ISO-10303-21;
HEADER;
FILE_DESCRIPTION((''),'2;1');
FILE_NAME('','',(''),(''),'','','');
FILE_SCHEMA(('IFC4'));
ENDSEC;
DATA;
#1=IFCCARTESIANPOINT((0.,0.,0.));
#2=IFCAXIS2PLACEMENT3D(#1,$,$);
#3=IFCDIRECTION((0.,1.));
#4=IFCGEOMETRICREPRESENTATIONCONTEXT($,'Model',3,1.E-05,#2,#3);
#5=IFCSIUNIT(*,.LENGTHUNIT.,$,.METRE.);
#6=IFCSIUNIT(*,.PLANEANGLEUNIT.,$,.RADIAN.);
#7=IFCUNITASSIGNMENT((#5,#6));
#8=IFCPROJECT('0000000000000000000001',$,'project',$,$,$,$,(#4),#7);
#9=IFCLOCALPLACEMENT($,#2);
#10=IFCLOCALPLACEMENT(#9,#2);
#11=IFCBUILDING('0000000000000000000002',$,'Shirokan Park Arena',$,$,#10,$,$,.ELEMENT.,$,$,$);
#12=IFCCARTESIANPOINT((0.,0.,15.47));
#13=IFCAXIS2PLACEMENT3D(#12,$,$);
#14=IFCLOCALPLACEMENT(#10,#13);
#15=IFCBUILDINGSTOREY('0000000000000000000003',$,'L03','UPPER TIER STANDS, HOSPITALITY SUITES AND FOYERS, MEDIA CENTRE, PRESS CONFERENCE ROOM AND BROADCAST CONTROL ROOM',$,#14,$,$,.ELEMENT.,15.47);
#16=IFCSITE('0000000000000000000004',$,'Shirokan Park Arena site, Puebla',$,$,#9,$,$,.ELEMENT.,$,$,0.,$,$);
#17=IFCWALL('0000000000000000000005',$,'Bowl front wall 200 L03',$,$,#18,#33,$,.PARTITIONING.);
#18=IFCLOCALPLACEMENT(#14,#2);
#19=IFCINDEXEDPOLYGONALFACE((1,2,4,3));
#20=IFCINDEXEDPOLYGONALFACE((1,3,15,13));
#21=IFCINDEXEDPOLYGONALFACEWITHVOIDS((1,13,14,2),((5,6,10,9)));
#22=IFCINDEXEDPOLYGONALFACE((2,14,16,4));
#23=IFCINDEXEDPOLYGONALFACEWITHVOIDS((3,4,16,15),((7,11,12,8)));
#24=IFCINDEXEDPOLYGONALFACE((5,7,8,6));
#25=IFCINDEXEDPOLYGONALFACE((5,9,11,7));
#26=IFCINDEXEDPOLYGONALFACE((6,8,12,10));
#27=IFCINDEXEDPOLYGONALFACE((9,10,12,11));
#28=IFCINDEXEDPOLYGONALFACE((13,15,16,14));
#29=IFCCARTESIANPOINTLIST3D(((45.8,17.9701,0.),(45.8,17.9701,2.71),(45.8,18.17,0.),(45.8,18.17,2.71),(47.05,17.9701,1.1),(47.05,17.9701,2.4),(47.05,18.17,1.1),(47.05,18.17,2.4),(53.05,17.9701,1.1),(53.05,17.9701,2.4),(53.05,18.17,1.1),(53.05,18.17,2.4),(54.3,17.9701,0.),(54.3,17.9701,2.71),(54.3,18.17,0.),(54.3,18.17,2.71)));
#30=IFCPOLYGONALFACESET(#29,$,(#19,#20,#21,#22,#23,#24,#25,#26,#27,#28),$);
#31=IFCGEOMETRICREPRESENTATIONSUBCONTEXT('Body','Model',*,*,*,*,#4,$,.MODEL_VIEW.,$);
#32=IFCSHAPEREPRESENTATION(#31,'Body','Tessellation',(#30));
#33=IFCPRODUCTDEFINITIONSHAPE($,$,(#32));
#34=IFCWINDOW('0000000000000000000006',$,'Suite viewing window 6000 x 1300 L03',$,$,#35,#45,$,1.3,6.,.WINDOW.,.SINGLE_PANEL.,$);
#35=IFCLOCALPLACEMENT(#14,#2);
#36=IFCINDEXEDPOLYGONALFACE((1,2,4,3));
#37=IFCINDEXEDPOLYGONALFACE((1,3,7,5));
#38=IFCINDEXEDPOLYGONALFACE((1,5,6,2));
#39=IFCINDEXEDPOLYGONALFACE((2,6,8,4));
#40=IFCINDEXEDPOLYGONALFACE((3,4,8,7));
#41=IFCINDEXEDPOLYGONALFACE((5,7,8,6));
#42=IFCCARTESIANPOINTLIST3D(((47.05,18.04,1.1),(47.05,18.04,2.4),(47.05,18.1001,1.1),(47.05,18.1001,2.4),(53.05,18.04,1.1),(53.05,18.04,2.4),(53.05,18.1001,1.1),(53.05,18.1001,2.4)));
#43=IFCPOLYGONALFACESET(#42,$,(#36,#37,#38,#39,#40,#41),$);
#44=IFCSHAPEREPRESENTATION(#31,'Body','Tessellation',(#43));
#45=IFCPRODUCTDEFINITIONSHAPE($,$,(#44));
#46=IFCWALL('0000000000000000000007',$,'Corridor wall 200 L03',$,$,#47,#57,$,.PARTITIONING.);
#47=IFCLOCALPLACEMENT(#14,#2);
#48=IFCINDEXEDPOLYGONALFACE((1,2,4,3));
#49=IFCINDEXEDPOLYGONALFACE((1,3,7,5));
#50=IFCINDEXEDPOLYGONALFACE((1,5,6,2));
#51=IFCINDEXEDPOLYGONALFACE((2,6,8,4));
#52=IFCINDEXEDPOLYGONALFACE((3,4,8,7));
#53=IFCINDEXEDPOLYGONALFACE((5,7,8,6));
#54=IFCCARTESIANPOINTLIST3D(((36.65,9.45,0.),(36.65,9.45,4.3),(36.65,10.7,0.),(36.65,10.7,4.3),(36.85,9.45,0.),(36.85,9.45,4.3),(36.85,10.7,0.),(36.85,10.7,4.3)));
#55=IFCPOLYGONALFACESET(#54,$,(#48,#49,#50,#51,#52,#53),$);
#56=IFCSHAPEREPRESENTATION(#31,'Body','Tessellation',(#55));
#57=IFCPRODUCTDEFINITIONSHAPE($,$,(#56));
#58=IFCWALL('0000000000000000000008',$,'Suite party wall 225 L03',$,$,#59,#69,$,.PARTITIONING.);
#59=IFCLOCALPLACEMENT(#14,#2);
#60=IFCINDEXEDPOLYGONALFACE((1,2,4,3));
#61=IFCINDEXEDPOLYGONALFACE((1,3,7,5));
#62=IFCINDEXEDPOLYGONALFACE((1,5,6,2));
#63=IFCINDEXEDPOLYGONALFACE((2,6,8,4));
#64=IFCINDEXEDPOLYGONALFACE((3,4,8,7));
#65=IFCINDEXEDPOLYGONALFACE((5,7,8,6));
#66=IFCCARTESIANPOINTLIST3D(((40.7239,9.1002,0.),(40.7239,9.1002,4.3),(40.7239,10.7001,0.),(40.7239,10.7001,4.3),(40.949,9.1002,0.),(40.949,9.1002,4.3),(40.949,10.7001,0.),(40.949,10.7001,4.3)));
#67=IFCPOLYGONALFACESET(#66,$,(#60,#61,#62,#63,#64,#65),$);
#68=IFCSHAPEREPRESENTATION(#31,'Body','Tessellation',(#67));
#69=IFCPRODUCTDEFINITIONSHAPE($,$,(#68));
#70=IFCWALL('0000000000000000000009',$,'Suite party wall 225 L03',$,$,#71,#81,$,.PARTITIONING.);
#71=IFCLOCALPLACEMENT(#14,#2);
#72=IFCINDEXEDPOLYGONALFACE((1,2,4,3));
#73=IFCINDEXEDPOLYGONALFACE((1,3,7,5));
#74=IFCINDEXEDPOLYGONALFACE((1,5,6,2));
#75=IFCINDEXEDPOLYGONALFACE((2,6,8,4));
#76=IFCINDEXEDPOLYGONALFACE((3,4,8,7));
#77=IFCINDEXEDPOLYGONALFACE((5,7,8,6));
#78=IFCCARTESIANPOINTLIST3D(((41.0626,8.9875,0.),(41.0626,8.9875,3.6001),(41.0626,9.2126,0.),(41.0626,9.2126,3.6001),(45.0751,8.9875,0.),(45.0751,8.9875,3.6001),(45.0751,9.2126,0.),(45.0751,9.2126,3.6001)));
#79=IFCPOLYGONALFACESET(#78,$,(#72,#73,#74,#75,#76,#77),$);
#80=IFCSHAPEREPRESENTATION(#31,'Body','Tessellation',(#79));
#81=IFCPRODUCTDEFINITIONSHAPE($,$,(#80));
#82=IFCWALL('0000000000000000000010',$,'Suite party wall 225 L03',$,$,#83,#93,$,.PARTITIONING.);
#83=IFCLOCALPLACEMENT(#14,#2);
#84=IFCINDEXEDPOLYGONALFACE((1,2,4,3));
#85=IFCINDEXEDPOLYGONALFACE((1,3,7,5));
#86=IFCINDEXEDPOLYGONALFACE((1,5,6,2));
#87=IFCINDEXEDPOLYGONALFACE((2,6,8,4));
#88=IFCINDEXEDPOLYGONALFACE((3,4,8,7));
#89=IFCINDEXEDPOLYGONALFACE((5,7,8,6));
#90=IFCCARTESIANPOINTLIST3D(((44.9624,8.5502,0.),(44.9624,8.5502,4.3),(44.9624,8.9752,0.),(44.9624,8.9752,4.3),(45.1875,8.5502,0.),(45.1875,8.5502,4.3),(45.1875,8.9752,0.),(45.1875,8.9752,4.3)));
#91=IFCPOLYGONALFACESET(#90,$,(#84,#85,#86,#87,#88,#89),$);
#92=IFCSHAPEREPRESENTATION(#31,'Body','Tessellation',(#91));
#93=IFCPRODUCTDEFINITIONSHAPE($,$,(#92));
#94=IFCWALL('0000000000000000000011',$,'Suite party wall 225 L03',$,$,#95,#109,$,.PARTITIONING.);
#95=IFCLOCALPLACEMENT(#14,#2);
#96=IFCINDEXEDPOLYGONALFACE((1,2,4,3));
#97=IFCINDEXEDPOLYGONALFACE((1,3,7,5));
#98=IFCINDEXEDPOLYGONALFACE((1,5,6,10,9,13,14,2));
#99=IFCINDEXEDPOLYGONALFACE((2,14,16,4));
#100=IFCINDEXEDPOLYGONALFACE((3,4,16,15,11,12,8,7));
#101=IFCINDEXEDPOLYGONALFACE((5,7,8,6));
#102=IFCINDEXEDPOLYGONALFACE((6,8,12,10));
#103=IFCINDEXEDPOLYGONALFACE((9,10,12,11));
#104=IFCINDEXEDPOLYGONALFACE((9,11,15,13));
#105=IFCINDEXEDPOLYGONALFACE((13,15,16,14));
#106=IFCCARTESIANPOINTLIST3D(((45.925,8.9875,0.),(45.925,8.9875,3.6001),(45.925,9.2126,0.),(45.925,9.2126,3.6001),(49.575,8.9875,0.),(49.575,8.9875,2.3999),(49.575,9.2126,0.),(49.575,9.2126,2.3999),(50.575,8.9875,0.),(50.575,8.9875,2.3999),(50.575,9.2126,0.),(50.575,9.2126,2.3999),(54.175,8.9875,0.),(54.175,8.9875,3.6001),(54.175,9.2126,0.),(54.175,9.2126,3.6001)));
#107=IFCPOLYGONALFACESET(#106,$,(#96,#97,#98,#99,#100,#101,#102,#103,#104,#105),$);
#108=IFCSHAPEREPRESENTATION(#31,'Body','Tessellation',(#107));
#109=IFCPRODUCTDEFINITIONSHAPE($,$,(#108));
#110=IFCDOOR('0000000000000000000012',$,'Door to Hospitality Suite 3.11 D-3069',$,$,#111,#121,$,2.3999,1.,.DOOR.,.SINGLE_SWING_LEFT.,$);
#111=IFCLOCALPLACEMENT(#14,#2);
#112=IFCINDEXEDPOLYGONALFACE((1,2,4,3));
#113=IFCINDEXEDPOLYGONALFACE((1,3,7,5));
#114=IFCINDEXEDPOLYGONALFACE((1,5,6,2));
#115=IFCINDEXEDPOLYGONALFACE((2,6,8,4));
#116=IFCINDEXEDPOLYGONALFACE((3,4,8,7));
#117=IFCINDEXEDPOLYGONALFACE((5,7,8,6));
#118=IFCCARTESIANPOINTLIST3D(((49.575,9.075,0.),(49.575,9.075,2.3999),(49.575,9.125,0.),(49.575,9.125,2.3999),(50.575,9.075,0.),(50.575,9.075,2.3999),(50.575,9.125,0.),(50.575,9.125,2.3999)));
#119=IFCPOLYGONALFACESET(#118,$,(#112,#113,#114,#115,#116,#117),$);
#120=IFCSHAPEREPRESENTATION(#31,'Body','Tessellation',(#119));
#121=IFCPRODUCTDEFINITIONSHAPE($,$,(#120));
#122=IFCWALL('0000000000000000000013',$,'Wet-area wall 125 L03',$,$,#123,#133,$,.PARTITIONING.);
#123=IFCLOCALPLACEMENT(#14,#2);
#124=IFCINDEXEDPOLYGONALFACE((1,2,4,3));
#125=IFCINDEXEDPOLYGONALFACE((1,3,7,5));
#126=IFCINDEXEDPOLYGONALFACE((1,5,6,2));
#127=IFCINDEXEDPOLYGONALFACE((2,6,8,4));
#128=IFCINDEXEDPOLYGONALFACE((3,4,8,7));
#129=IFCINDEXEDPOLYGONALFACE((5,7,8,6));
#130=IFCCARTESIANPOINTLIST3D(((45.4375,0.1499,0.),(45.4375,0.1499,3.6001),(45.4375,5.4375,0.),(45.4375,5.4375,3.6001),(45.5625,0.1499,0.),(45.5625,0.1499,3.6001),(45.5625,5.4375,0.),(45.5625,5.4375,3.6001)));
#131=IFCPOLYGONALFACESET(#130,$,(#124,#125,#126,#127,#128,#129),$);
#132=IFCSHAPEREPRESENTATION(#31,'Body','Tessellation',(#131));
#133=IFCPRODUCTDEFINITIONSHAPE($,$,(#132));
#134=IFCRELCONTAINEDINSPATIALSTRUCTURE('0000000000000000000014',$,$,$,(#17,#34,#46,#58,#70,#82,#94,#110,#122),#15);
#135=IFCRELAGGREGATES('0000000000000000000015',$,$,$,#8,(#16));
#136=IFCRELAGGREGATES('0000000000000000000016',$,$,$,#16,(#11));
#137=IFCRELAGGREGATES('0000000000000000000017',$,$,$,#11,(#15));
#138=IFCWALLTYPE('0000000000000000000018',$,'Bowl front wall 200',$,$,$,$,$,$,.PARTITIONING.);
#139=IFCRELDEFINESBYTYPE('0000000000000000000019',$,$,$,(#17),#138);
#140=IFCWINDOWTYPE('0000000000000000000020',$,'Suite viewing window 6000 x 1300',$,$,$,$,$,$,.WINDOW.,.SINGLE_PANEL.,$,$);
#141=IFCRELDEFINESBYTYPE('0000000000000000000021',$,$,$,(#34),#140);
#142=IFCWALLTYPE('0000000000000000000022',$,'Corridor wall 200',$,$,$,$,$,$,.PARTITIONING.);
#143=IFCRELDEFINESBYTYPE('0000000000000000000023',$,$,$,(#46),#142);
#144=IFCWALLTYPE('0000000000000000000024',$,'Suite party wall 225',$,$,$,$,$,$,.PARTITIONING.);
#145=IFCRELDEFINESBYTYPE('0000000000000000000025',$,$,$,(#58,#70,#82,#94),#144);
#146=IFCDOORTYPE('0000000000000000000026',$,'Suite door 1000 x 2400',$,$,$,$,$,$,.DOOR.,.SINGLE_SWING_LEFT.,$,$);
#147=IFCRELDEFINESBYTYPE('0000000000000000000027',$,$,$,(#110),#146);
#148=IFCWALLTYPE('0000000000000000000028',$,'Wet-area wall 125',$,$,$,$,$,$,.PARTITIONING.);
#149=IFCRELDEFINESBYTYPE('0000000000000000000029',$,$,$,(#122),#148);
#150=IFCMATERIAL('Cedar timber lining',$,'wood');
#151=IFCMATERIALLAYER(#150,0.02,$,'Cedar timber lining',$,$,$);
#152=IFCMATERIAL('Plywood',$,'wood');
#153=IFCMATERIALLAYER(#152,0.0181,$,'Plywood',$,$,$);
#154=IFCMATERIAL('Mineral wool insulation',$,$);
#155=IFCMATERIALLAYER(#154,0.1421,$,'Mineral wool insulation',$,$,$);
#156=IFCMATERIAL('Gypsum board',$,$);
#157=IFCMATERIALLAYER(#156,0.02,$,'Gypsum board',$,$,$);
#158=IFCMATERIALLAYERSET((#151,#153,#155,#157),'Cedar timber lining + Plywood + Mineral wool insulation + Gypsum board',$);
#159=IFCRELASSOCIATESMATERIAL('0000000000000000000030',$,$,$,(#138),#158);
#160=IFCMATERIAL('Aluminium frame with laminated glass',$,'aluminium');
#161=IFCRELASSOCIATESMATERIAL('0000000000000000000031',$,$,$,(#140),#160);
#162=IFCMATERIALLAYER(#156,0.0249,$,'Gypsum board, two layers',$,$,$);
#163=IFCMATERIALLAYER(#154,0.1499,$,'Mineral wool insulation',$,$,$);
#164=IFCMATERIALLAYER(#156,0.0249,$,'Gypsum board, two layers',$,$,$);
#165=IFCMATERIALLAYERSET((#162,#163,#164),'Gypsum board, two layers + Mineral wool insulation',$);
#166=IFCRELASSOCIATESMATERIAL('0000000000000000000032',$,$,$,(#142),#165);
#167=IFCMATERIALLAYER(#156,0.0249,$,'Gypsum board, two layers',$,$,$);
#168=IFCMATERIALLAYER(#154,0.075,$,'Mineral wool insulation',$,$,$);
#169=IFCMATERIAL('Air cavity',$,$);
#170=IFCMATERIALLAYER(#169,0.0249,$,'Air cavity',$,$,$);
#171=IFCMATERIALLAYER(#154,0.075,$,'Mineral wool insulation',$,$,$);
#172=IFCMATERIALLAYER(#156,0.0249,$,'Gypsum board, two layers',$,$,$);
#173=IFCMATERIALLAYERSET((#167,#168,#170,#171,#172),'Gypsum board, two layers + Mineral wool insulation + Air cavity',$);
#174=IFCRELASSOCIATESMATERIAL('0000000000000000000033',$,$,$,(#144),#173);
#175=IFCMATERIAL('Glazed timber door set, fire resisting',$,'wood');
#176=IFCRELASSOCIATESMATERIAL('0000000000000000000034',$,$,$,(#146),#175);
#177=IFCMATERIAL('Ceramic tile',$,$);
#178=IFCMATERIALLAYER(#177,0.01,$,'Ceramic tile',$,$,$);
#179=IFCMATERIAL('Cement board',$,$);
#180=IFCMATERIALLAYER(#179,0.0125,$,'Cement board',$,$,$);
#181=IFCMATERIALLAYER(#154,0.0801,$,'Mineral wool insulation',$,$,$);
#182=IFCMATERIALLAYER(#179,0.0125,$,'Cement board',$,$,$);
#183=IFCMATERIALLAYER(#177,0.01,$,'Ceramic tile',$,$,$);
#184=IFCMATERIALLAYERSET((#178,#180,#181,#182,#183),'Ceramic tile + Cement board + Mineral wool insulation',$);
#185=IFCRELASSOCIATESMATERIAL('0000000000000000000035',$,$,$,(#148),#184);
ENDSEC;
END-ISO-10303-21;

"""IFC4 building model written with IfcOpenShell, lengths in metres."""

from ifc_helpers import new_model, si_unit, direction, frame, frame_2d, origin, place, context, subcontext, project, spatial, rectangle, extrude, material, layer, layer_set, type_object, element, fill, save


model = new_model("IFC4")

# Units and contexts
model_context = context("Model", 3, precision=1e-05, world=origin(), true_north=direction((0.0, 1.0)))
body_context = subcontext(model_context, "Body", "Model", "MODEL_VIEW")
ifc_project = project(units=[si_unit("LENGTHUNIT", "METRE"), si_unit("PLANEANGLEUNIT", "RADIAN")], contexts=[model_context])

# Site, building, storey
site_placement = place(None, origin())
site = spatial("IfcSite", under=ifc_project, at=site_placement, Name="Shirokan Park Arena site, Puebla", CompositionType="ELEMENT", RefElevation=0.0)
building_placement = place(site_placement, origin())
building = spatial("IfcBuilding", under=site, at=building_placement, Name="Shirokan Park Arena", CompositionType="ELEMENT")
storey_placement = place(building_placement, frame((0.0, 0.0, 15.47)))
storey = spatial("IfcBuildingStorey", under=building, at=storey_placement, Name="L03", Description="UPPER TIER STANDS, HOSPITALITY SUITES AND FOYERS, MEDIA CENTRE, PRESS CONFERENCE ROOM AND BROADCAST CONTROL ROOM", CompositionType="ELEMENT", Elevation=15.47)

# Wall, opening, window
ifc_material_1 = material(Name="Cedar timber lining", Category="wood")
ifc_layer_1 = layer(ifc_material_1, 0.02, Name="Cedar timber lining")
ifc_material_2 = material(Name="Plywood", Category="wood")
ifc_layer_2 = layer(ifc_material_2, 0.0181, Name="Plywood")
ifc_material_3 = material(Name="Mineral wool insulation")
ifc_layer_3 = layer(ifc_material_3, 0.1421, Name="Mineral wool insulation")
ifc_material_4 = material(Name="Gypsum board")
ifc_layer_4 = layer(ifc_material_4, 0.02, Name="Gypsum board")
ifc_layer_set_1 = layer_set([ifc_layer_1, ifc_layer_2, ifc_layer_3, ifc_layer_4], Name="Cedar timber lining + Plywood + Mineral wool insulation + Gypsum board")
wall_type_1 = type_object("IfcWallType", Name="Bowl front wall 200", PredefinedType="PARTITIONING", material=ifc_layer_set_1)
ifc_material_5 = material(Name="Aluminium frame with laminated glass", Category="aluminium")
wall_1_placement = place(storey_placement, frame((45.8, 18.0701, 0.0), z_axis=(0.0, 0.0, 1.0), x_axis=(1.0, 0.0, 0.0)))
wall_1 = element("IfcWall", 1, at=wall_1_placement, inside=storey, type_object=wall_type_1, Name="Bowl front wall 200 L03", PredefinedType="PARTITIONING", context=body_context, shape_type="SweptSolid", body=[
    extrude(rectangle(XDim=8.5, YDim=0.2, at=frame_2d((4.25, 0.0))), origin(), (0.0, 0.0, 1.0), 2.71),
])
opening_1_placement = place(wall_1_placement, frame((1.25, 0.0, 1.1001)))
opening_1 = element("IfcOpeningElement", 2, at=opening_1_placement, cuts=wall_1, PredefinedType="OPENING", context=body_context, shape_type="SweptSolid", body=[
    extrude(rectangle(XDim=6.0, YDim=1.3, at=frame_2d((3.0, 0.6499))), frame((0.0, 0.1099, 0.0), z_axis=(0.0, -1.0, 0.0), x_axis=(1.0, 0.0, 0.0)), (0.0, 0.0, 1.0), 0.22),
])
window_type_1 = type_object("IfcWindowType", Name="Suite viewing window 6000 x 1300", PartitioningType="SINGLE_PANEL", PredefinedType="WINDOW", material=ifc_material_5)
window_1_placement = place(opening_1_placement, origin())
window_1 = element("IfcWindow", 3, at=window_1_placement, inside=storey, type_object=window_type_1, Name="Suite viewing window 6000 x 1300 L03", OverallHeight=1.3, OverallWidth=6.0, PartitioningType="SINGLE_PANEL", PredefinedType="WINDOW", context=body_context, shape_type="SweptSolid", body=[
    extrude(rectangle(XDim=6.0, YDim=1.3, at=frame_2d((3.0, 0.6499))), frame((0.0, 0.03, 0.0), z_axis=(0.0, -1.0, 0.0), x_axis=(1.0, 0.0, 0.0)), (0.0, 0.0, 1.0), 0.0601),
])
fill(opening_1, window_1)

# Wall
ifc_layer_5 = layer(ifc_material_4, 0.0249, Name="Gypsum board, two layers")
ifc_layer_6 = layer(ifc_material_3, 0.1499, Name="Mineral wool insulation")
ifc_layer_7 = layer(ifc_material_4, 0.0249, Name="Gypsum board, two layers")
ifc_layer_set_2 = layer_set([ifc_layer_5, ifc_layer_6, ifc_layer_7], Name="Gypsum board, two layers + Mineral wool insulation")
wall_type_2 = type_object("IfcWallType", Name="Corridor wall 200", PredefinedType="PARTITIONING", material=ifc_layer_set_2)
wall_2_placement = place(storey_placement, frame((36.75, 10.7, 0.0), z_axis=(0.0, 0.0, 1.0), x_axis=(0.0, -1.0, 0.0)))
element("IfcWall", 4, at=wall_2_placement, inside=storey, type_object=wall_type_2, Name="Corridor wall 200 L03", PredefinedType="PARTITIONING", context=body_context, shape_type="SweptSolid", body=[
    extrude(rectangle(XDim=1.25, YDim=0.2, at=frame_2d((0.625, 0.0))), origin(), (0.0, 0.0, 1.0), 4.3),
])

# Walls
ifc_layer_8 = layer(ifc_material_4, 0.0249, Name="Gypsum board, two layers")
ifc_layer_9 = layer(ifc_material_3, 0.075, Name="Mineral wool insulation")
ifc_material_6 = material(Name="Air cavity")
ifc_layer_10 = layer(ifc_material_6, 0.0249, Name="Air cavity")
ifc_layer_11 = layer(ifc_material_3, 0.075, Name="Mineral wool insulation")
ifc_layer_12 = layer(ifc_material_4, 0.0249, Name="Gypsum board, two layers")
ifc_layer_set_3 = layer_set([ifc_layer_8, ifc_layer_9, ifc_layer_10, ifc_layer_11, ifc_layer_12], Name="Gypsum board, two layers + Mineral wool insulation + Air cavity")
wall_type_3 = type_object("IfcWallType", Name="Suite party wall 225", PredefinedType="PARTITIONING", material=ifc_layer_set_3)
wall_3_placement = place(storey_placement, frame((40.8364, 10.7, 0.0), z_axis=(0.0, 0.0, 1.0), x_axis=(0.0, -1.0, 0.0)))
element("IfcWall", 5, at=wall_3_placement, inside=storey, type_object=wall_type_3, Name="Suite party wall 225 L03", PredefinedType="PARTITIONING", context=body_context, shape_type="SweptSolid", body=[
    extrude(rectangle(XDim=1.5999, YDim=0.2251, at=frame_2d((0.7998, 0.0))), origin(), (0.0, 0.0, 1.0), 4.3),
])
wall_4_placement = place(storey_placement, frame((41.0625, 9.1001, 0.0), z_axis=(0.0, 0.0, 1.0), x_axis=(1.0, 0.0, 0.0)))
element("IfcWall", 6, at=wall_4_placement, inside=storey, type_object=wall_type_3, Name="Suite party wall 225 L03", PredefinedType="PARTITIONING", context=body_context, shape_type="SweptSolid", body=[
    extrude(rectangle(XDim=4.0125, YDim=0.2251, at=frame_2d((2.0063, 0.0))), origin(), (0.0, 0.0, 1.0), 3.6001),
])
wall_5_placement = place(storey_placement, frame((45.075, 8.9751, 0.0), z_axis=(0.0, 0.0, 1.0), x_axis=(0.0, -1.0, 0.0)))
element("IfcWall", 7, at=wall_5_placement, inside=storey, type_object=wall_type_3, Name="Suite party wall 225 L03", PredefinedType="PARTITIONING", context=body_context, shape_type="SweptSolid", body=[
    extrude(rectangle(XDim=0.425, YDim=0.2251, at=frame_2d((0.2124, 0.0))), origin(), (0.0, 0.0, 1.0), 4.3),
])

# Wall, opening, door
wall_6_placement = place(storey_placement, frame((45.925, 9.1001, 0.0), z_axis=(0.0, 0.0, 1.0), x_axis=(1.0, 0.0, 0.0)))
wall_6 = element("IfcWall", 8, at=wall_6_placement, inside=storey, type_object=wall_type_3, Name="Suite party wall 225 L03", PredefinedType="PARTITIONING", context=body_context, shape_type="SweptSolid", body=[
    extrude(rectangle(XDim=8.25, YDim=0.2251, at=frame_2d((4.125, 0.0))), origin(), (0.0, 0.0, 1.0), 3.6001),
])
opening_2_placement = place(wall_6_placement, frame((3.6499, 0.0, 0.0)))
opening_2 = element("IfcOpeningElement", 9, at=opening_2_placement, cuts=wall_6, PredefinedType="OPENING", context=body_context, shape_type="SweptSolid", body=[
    extrude(rectangle(XDim=1.0, YDim=2.3999, at=frame_2d((0.5, 1.2))), frame((0.0, 0.1226, 0.0), z_axis=(0.0, -1.0, 0.0), x_axis=(1.0, 0.0, 0.0)), (0.0, 0.0, 1.0), 0.2451),
])
ifc_material_7 = material(Name="Glazed timber door set, fire resisting", Category="wood")
door_type_1 = type_object("IfcDoorType", Name="Suite door 1000 x 2400", OperationType="SINGLE_SWING_LEFT", PredefinedType="DOOR", material=ifc_material_7)
door_1_placement = place(opening_2_placement, origin())
door_1 = element("IfcDoor", 10, at=door_1_placement, inside=storey, type_object=door_type_1, Name="Door to Hospitality Suite 3.11 D-3069", OperationType="SINGLE_SWING_LEFT", OverallHeight=2.3999, OverallWidth=1.0, PredefinedType="DOOR", context=body_context, shape_type="SweptSolid", body=[
    extrude(rectangle(XDim=1.0, YDim=2.3999, at=frame_2d((0.5, 1.2))), frame((0.0, 0.0249, 0.0), z_axis=(0.0, -1.0, 0.0), x_axis=(1.0, 0.0, 0.0)), (0.0, 0.0, 1.0), 0.05),
])
fill(opening_2, door_1)

# Wall
ifc_material_8 = material(Name="Ceramic tile")
ifc_layer_13 = layer(ifc_material_8, 0.01, Name="Ceramic tile")
ifc_material_9 = material(Name="Cement board")
ifc_layer_14 = layer(ifc_material_9, 0.0125, Name="Cement board")
ifc_layer_15 = layer(ifc_material_3, 0.0801, Name="Mineral wool insulation")
ifc_layer_16 = layer(ifc_material_9, 0.0125, Name="Cement board")
ifc_layer_17 = layer(ifc_material_8, 0.01, Name="Ceramic tile")
ifc_layer_set_4 = layer_set([ifc_layer_13, ifc_layer_14, ifc_layer_15, ifc_layer_16, ifc_layer_17], Name="Ceramic tile + Cement board + Mineral wool insulation")
wall_type_4 = type_object("IfcWallType", Name="Wet-area wall 125", PredefinedType="PARTITIONING", material=ifc_layer_set_4)
wall_7_placement = place(storey_placement, frame((45.5, 5.4375, 0.0), z_axis=(0.0, 0.0, 1.0), x_axis=(0.0, -1.0, 0.0)))
element("IfcWall", 11, at=wall_7_placement, inside=storey, type_object=wall_type_4, Name="Wet-area wall 125 L03", PredefinedType="PARTITIONING", context=body_context, shape_type="SweptSolid", body=[
    extrude(rectangle(XDim=5.2876, YDim=0.125, at=frame_2d((2.6438, 0.0))), origin(), (0.0, 0.0, 1.0), 3.6001),
])

save(model, "model.ifc")
